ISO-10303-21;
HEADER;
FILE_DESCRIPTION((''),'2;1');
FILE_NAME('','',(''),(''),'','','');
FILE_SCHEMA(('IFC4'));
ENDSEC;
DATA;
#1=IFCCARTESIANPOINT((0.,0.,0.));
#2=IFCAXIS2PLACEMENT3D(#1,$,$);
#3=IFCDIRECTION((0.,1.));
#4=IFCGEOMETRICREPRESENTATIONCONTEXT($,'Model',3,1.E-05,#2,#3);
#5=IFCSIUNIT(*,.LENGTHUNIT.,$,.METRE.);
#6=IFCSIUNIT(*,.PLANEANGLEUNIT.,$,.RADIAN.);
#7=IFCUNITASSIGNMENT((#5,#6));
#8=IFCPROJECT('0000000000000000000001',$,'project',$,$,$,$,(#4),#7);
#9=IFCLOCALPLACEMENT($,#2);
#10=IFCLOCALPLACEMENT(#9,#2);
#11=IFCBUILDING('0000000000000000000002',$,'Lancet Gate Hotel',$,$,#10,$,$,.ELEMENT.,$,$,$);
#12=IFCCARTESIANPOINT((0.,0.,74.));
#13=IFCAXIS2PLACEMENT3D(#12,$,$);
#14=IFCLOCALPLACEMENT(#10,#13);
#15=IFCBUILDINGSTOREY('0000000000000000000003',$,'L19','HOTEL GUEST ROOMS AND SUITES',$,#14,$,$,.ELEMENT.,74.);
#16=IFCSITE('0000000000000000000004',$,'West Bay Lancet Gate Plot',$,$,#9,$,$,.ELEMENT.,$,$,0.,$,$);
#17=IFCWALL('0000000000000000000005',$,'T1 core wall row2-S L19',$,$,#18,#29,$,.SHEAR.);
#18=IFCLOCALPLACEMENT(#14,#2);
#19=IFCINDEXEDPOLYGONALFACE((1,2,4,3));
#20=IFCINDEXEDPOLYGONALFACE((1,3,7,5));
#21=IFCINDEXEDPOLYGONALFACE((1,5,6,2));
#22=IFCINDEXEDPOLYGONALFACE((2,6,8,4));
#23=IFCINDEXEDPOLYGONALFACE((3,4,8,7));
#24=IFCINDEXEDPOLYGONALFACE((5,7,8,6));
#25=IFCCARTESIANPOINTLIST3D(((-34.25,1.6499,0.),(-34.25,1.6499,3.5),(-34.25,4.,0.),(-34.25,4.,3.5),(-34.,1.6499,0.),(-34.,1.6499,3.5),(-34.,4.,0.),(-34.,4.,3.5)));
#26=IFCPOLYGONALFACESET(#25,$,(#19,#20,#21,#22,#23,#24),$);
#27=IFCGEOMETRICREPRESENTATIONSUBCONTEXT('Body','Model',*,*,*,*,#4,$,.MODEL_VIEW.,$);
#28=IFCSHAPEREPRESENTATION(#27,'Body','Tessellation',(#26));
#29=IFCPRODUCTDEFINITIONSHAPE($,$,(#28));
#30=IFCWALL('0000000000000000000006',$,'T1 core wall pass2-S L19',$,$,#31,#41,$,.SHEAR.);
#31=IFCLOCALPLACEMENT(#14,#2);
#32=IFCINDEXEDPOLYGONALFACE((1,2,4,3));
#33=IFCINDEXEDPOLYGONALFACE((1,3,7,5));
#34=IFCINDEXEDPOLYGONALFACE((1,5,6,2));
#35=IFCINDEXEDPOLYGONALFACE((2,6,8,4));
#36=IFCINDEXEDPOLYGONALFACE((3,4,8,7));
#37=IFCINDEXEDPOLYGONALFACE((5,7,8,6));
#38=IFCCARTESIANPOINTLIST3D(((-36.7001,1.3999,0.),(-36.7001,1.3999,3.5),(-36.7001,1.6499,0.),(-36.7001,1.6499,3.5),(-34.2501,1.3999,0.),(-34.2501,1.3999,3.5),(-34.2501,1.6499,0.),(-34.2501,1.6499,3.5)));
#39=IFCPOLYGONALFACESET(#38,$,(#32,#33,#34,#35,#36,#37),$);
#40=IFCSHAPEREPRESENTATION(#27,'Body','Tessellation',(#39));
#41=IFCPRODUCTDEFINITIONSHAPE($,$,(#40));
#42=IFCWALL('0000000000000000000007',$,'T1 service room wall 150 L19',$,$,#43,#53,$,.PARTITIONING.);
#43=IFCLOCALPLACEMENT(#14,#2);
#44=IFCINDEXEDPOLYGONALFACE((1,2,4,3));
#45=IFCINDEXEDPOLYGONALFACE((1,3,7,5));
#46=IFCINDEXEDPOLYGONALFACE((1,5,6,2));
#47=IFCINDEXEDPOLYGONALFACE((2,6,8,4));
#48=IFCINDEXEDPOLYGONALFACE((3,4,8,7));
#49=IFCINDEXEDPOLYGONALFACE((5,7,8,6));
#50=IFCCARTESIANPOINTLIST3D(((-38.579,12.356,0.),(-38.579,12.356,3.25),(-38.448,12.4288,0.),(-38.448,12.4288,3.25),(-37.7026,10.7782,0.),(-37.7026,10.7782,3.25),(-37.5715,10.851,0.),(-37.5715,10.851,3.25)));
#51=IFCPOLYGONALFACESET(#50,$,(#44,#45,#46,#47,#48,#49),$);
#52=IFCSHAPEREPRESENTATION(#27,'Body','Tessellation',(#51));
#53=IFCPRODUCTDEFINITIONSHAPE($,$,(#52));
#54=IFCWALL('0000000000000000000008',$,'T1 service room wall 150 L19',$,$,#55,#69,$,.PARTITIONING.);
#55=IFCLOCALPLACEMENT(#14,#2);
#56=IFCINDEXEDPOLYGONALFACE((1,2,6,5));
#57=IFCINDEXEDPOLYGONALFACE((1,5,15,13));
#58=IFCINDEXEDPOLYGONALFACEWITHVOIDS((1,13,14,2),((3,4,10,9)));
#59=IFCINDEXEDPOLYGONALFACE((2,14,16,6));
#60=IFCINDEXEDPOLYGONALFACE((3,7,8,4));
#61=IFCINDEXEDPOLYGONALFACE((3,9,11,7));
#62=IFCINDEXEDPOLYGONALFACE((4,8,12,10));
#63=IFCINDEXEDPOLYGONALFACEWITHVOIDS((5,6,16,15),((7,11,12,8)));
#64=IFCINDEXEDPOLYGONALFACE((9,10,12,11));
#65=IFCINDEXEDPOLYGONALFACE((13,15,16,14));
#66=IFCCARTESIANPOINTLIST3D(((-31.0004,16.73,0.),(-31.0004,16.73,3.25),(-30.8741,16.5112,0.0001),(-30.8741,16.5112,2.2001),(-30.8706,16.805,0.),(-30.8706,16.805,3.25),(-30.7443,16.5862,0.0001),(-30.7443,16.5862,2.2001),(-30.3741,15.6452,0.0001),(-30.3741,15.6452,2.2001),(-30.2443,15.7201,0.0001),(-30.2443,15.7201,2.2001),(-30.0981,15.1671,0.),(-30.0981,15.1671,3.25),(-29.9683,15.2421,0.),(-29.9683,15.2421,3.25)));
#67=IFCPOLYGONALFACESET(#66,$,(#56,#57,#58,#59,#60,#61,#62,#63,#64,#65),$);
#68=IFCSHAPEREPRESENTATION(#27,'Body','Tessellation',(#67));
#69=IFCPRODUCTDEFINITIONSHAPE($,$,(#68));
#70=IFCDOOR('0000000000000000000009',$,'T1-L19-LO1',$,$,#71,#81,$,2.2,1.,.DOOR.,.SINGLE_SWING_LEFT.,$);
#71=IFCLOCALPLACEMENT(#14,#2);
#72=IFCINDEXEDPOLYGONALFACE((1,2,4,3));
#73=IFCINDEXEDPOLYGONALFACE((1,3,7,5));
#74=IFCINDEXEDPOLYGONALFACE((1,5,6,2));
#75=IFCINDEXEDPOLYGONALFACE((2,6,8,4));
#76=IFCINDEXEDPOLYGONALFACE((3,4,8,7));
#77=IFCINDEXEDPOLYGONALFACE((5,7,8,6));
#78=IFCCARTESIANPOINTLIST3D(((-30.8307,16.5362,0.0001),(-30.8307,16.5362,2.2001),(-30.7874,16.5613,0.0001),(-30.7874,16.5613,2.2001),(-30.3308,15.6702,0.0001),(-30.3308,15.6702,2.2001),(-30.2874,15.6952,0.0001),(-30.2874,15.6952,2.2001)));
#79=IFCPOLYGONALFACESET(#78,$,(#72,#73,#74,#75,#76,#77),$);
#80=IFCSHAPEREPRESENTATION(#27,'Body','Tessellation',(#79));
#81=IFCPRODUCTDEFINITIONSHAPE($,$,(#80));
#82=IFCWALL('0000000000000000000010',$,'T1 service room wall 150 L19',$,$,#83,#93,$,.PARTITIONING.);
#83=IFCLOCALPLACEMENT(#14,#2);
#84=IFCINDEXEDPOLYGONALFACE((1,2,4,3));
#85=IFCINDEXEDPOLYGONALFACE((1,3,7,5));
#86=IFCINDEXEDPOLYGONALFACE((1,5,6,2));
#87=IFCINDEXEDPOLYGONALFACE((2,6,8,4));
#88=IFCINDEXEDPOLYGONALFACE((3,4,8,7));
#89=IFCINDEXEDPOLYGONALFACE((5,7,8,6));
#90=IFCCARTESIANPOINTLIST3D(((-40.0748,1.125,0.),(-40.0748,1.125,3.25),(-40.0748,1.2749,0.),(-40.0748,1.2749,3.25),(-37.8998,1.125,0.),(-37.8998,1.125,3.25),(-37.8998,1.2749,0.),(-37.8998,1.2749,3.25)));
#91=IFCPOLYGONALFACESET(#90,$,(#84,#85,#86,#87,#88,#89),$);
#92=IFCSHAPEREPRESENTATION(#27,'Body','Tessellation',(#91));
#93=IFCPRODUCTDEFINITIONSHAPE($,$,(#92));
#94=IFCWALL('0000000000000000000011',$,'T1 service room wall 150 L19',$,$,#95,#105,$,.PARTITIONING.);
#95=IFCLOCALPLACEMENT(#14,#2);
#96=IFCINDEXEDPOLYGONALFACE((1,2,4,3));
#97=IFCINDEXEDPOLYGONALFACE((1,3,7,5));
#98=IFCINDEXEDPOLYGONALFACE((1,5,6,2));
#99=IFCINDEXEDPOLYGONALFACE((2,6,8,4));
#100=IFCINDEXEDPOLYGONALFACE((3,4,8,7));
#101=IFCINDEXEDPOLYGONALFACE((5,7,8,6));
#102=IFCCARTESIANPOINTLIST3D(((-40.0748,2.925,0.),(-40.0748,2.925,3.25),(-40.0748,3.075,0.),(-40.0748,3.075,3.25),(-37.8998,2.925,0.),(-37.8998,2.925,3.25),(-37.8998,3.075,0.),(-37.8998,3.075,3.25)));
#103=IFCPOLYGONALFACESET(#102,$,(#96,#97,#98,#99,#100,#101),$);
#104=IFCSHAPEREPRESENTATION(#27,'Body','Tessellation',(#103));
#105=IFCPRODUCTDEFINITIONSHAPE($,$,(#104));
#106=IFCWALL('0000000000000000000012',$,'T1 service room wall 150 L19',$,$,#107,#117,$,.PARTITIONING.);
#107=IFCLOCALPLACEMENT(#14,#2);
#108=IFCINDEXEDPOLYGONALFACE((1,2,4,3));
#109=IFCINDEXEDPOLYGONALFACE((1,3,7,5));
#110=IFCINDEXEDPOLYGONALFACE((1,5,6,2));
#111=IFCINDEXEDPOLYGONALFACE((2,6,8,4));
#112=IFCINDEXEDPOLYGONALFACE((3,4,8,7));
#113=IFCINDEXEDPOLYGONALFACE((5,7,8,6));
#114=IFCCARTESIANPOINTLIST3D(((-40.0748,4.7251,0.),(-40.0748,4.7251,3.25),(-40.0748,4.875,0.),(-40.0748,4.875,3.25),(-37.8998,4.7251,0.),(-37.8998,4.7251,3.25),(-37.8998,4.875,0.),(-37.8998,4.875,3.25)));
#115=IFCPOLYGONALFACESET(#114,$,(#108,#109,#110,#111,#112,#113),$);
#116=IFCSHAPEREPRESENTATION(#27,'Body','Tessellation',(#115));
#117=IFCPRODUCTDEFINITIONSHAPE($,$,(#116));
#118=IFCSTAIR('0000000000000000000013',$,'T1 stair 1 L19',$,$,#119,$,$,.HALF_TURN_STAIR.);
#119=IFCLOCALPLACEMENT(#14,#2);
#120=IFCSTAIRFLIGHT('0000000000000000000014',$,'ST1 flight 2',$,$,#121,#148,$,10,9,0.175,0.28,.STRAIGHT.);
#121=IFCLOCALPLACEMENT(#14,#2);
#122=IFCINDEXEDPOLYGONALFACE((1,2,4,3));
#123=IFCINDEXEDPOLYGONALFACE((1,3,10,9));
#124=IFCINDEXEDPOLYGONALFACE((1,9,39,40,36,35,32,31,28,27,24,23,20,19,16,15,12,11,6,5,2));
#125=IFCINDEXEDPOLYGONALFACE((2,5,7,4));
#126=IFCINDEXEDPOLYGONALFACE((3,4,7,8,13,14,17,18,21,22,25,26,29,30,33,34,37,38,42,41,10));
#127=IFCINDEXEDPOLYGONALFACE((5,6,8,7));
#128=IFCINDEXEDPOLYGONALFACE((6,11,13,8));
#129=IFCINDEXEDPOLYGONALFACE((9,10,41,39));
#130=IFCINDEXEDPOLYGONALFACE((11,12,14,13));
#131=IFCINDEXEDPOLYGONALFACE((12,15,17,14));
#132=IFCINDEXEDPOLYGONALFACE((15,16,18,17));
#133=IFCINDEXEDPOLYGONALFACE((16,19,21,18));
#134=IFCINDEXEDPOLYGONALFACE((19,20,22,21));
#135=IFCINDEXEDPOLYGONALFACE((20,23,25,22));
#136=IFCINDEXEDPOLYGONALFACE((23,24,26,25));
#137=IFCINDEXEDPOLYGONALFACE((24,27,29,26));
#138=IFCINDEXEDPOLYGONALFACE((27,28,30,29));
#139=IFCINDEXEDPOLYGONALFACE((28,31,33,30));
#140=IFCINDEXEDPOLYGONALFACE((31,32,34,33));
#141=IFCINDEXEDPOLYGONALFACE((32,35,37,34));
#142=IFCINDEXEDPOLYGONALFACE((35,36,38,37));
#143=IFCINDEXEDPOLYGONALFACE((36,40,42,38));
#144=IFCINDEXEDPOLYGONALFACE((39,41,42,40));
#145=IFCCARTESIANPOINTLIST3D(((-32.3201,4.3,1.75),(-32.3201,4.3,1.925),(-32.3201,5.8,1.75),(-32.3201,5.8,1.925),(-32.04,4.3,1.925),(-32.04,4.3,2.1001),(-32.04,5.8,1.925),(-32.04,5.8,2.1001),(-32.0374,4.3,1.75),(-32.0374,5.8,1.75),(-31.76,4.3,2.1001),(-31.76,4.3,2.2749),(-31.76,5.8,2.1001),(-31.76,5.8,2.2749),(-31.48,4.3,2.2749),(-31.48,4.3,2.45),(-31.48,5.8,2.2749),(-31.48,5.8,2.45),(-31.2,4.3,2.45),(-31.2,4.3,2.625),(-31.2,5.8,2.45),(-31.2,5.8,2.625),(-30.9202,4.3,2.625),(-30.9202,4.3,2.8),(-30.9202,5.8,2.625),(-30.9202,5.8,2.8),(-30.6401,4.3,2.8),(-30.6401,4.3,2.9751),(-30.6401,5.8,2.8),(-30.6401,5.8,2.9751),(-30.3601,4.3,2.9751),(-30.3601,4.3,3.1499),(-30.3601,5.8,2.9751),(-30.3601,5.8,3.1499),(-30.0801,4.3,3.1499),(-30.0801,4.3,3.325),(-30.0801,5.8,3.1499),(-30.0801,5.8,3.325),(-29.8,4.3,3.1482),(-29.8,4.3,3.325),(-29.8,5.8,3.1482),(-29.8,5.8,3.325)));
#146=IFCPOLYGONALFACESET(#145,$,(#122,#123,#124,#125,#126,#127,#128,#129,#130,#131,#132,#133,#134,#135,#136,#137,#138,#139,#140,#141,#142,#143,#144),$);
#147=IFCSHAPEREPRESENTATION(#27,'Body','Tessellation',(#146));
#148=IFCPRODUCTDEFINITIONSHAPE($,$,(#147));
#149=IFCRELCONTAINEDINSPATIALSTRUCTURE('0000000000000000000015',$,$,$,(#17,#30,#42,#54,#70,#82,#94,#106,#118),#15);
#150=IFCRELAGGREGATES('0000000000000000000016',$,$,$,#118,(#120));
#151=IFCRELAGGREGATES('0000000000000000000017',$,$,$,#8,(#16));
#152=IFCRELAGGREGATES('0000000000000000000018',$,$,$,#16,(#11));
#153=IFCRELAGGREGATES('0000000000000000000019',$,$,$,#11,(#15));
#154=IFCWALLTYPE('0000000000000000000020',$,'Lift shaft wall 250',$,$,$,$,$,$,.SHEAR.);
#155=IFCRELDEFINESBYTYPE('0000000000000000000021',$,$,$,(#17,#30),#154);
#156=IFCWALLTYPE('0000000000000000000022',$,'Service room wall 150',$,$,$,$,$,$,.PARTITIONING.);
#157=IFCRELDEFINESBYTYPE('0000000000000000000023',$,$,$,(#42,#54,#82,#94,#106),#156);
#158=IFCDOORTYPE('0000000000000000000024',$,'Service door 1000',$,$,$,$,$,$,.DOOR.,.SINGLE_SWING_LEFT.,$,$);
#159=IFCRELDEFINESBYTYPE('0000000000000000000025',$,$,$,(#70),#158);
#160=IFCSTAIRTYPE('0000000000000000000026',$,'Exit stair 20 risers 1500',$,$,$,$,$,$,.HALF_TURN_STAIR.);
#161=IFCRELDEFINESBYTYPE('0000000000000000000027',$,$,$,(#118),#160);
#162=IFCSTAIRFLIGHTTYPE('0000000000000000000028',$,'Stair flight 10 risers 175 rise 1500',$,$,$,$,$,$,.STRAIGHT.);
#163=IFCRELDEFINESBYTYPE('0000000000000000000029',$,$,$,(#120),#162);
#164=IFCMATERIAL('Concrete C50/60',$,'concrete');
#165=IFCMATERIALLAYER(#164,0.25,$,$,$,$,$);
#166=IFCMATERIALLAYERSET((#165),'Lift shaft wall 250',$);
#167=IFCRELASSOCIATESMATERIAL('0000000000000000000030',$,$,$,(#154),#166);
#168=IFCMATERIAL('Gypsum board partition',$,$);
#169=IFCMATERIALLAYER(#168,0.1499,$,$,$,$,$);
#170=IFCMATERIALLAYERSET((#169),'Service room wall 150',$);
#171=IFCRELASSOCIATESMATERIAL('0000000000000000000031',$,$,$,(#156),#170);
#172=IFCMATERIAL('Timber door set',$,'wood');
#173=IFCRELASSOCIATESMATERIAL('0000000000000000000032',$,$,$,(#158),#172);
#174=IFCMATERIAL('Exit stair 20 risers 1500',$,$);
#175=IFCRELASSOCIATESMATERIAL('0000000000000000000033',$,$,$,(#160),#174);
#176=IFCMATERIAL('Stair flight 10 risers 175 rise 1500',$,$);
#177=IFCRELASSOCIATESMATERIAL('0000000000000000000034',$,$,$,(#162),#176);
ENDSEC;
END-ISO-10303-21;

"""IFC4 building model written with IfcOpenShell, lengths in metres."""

from ifc_helpers import new_model, si_unit, direction, frame, frame_2d, origin, place, context, subcontext, project, spatial, polyline, rectangle, outline, extrude, material, layer, layer_set, type_object, element, fill, aggregate, save


model = new_model("IFC4")

# Units and contexts
model_context = context("Model", 3, precision=1e-05, world=origin(), true_north=direction((0.0, 1.0)))
body_context = subcontext(model_context, "Body", "Model", "MODEL_VIEW")
ifc_project = project(units=[si_unit("LENGTHUNIT", "METRE"), si_unit("PLANEANGLEUNIT", "RADIAN")], contexts=[model_context])

# Site, building, storey
site_placement = place(None, origin())
site = spatial("IfcSite", under=ifc_project, at=site_placement, Name="West Bay Lancet Gate Plot", CompositionType="ELEMENT", RefElevation=0.0)
building_placement = place(site_placement, origin())
building = spatial("IfcBuilding", under=site, at=building_placement, Name="Lancet Gate Hotel", CompositionType="ELEMENT")
storey_placement = place(building_placement, frame((0.0, 0.0, 74.0)))
storey = spatial("IfcBuildingStorey", under=building, at=storey_placement, Name="L19", Description="HOTEL GUEST ROOMS AND SUITES", CompositionType="ELEMENT", Elevation=74.0)

# Shared definitions
ifc_material_1 = material(Name="Concrete C50/60", Category="concrete")
ifc_layer_1 = layer(ifc_material_1, 0.25)
ifc_layer_set_1 = layer_set([ifc_layer_1], Name="Lift shaft wall 250")
wall_type_1 = type_object("IfcWallType", Name="Lift shaft wall 250", PredefinedType="SHEAR", material=ifc_layer_set_1)

# Walls
wall_1_placement = place(storey_placement, frame((-34.125, 4.0, 0.0), z_axis=(0.0, 0.0, 1.0), x_axis=(0.0, -1.0, 0.0)))
element("IfcWall", 1, at=wall_1_placement, inside=storey, type_object=wall_type_1, Name="T1 core wall row2-S L19", PredefinedType="SHEAR", context=body_context, shape_type="SweptSolid", body=[
    extrude(rectangle(XDim=2.3501, YDim=0.25, at=frame_2d((1.175, 0.0))), origin(), (0.0, 0.0, 1.0), 3.5),
])
wall_2_placement = place(storey_placement, frame((-34.25, 1.5249, 0.0), z_axis=(0.0, 0.0, 1.0), x_axis=(-1.0, 0.0, 0.0)))
element("IfcWall", 2, at=wall_2_placement, inside=storey, type_object=wall_type_1, Name="T1 core wall pass2-S L19", PredefinedType="SHEAR", context=body_context, shape_type="SweptSolid", body=[
    extrude(rectangle(XDim=2.45, YDim=0.25, at=frame_2d((1.2251, 0.0))), origin(), (0.0, 0.0, 1.0), 3.5),
])
ifc_material_2 = material(Name="Gypsum board partition")
ifc_layer_2 = layer(ifc_material_2, 0.1499)
ifc_layer_set_2 = layer_set([ifc_layer_2], Name="Service room wall 150")
wall_type_2 = type_object("IfcWallType", Name="Service room wall 150", PredefinedType="PARTITIONING", material=ifc_layer_set_2)
wall_3_placement = place(storey_placement, frame((-38.5134, 12.3923, 0.0), z_axis=(0.0, 0.0, 1.0), x_axis=(0.485586, -0.874189, 0.0)))
element("IfcWall", 3, at=wall_3_placement, inside=storey, type_object=wall_type_2, Name="T1 service room wall 150 L19", PredefinedType="PARTITIONING", context=body_context, shape_type="SweptSolid", body=[
    extrude(rectangle(XDim=1.8049, YDim=0.1499, at=frame_2d((0.9023, 0.0))), origin(), (0.0, 0.0, 1.0), 3.25),
])

# Wall, opening, door
wall_4_placement = place(storey_placement, frame((-30.0332, 15.2046, 0.0), z_axis=(0.0, 0.0, 1.0), x_axis=(-0.49998, 0.866037, 0.0)))
wall_4 = element("IfcWall", 4, at=wall_4_placement, inside=storey, type_object=wall_type_2, Name="T1 service room wall 150 L19", PredefinedType="PARTITIONING", context=body_context, shape_type="SweptSolid", body=[
    extrude(rectangle(XDim=1.8047, YDim=0.1499, at=frame_2d((0.9023, 0.0))), origin(), (0.0, 0.0, 1.0), 3.25),
])
opening_1_placement = place(wall_4_placement, frame((0.552, 0.0, 0.0)))
opening_1 = element("IfcOpeningElement", 5, at=opening_1_placement, cuts=wall_4, PredefinedType="OPENING", context=body_context, shape_type="SweptSolid", body=[
    extrude(rectangle(XDim=1.0, YDim=2.2, at=frame_2d((0.5, 1.1001))), frame((0.0, 0.085, 0.0), z_axis=(0.0, -1.0, 0.0), x_axis=(1.0, 0.0, 0.0)), (0.0, 0.0, 1.0), 0.1699),
])
ifc_material_3 = material(Name="Timber door set", Category="wood")
door_type_1 = type_object("IfcDoorType", Name="Service door 1000", OperationType="SINGLE_SWING_LEFT", PredefinedType="DOOR", material=ifc_material_3)
door_1_placement = place(opening_1_placement, origin())
door_1 = element("IfcDoor", 6, at=door_1_placement, inside=storey, type_object=door_type_1, Name="T1-L19-LO1", OperationType="SINGLE_SWING_LEFT", OverallHeight=2.2, OverallWidth=1.0, PredefinedType="DOOR", context=body_context, shape_type="SweptSolid", body=[
    extrude(rectangle(XDim=1.0, YDim=2.2, at=frame_2d((0.5, 1.1001))), frame((0.0, 0.0249, 0.0), z_axis=(0.0, -1.0, 0.0), x_axis=(1.0, 0.0, 0.0)), (0.0, 0.0, 1.0), 0.05),
])
fill(opening_1, door_1)

# Walls
for number, where, z_axis, x_axis, name in (
    (7, (-37.8999, 1.2, 0.0), (0.0, 0.0, 1.0), (-1.0, 0.0, 0.0), "T1 service room wall 150 L19"),
    (8, (-37.8999, 3.0, 0.0), (0.0, 0.0, 1.0), (-1.0, 0.0, 0.0), "T1 service room wall 150 L19"),
    (9, (-37.8999, 4.8, 0.0), (0.0, 0.0, 1.0), (-1.0, 0.0, 0.0), "T1 service room wall 150 L19"),
):
    element("IfcWall", number, at=place(storey_placement, frame(where, z_axis=z_axis, x_axis=x_axis)), inside=storey, type_object=wall_type_2, Name=name, PredefinedType="PARTITIONING", context=body_context, shape_type="SweptSolid", body=[
        extrude(rectangle(XDim=2.175, YDim=0.1499, at=frame_2d((1.0874, 0.0))), origin(), (0.0, 0.0, 1.0), 3.25),
    ])

# Stair, stair flight
ifc_material_4 = material(Name="Exit stair 20 risers 1500")
stair_type = type_object("IfcStairType", Name="Exit stair 20 risers 1500", PredefinedType="HALF_TURN_STAIR", material=ifc_material_4)
stair_placement = place(storey_placement, origin())
stair = element("IfcStair", 10, at=stair_placement, inside=storey, type_object=stair_type, Name="T1 stair 1 L19", PredefinedType="HALF_TURN_STAIR")
ifc_material_5 = material(Name="Stair flight 10 risers 175 rise 1500")
stair_flight_type = type_object("IfcStairFlightType", Name="Stair flight 10 risers 175 rise 1500", PredefinedType="STRAIGHT", material=ifc_material_5)
stair_flight_placement = place(storey_placement, frame((-32.3201, 5.05, 1.75), z_axis=(0.0, 0.0, 1.0), x_axis=(1.0, 0.0, 0.0)))
stair_flight = element("IfcStairFlight", 11, at=stair_flight_placement, type_object=stair_flight_type, Name="ST1 flight 2", NumberOfRisers=10, NumberOfTreads=9, PredefinedType="STRAIGHT", RiserHeight=0.175, TreadLength=0.28, context=body_context, shape_type="SweptSolid", body=[
    extrude(outline(polyline([(0.0, 0.0), (0.0, 0.175), (0.28, 0.175), (0.28, 0.3501), (0.5601, 0.3501), (0.5601, 0.5249), (0.8401, 0.5249), (0.8401, 0.7), (1.1201, 0.7), (1.1201, 0.875), (1.3999, 0.875), (1.3999, 1.05), (1.6799, 1.05), (1.6799, 1.2251), (1.96, 1.2251), (1.96, 1.3999), (2.24, 1.3999), (2.24, 1.575), (2.52, 1.575), (2.52, 1.75), (2.52, 1.3982), (0.2827, 0.0), (0.0, 0.0)])), frame((0.0, 0.75, 0.0), z_axis=(0.0, -1.0, 0.0), x_axis=(1.0, 0.0, 0.0)), (0.0, 0.0, 1.0), 1.5),
])
aggregate(stair, [stair_flight])

save(model, "model.ifc")
